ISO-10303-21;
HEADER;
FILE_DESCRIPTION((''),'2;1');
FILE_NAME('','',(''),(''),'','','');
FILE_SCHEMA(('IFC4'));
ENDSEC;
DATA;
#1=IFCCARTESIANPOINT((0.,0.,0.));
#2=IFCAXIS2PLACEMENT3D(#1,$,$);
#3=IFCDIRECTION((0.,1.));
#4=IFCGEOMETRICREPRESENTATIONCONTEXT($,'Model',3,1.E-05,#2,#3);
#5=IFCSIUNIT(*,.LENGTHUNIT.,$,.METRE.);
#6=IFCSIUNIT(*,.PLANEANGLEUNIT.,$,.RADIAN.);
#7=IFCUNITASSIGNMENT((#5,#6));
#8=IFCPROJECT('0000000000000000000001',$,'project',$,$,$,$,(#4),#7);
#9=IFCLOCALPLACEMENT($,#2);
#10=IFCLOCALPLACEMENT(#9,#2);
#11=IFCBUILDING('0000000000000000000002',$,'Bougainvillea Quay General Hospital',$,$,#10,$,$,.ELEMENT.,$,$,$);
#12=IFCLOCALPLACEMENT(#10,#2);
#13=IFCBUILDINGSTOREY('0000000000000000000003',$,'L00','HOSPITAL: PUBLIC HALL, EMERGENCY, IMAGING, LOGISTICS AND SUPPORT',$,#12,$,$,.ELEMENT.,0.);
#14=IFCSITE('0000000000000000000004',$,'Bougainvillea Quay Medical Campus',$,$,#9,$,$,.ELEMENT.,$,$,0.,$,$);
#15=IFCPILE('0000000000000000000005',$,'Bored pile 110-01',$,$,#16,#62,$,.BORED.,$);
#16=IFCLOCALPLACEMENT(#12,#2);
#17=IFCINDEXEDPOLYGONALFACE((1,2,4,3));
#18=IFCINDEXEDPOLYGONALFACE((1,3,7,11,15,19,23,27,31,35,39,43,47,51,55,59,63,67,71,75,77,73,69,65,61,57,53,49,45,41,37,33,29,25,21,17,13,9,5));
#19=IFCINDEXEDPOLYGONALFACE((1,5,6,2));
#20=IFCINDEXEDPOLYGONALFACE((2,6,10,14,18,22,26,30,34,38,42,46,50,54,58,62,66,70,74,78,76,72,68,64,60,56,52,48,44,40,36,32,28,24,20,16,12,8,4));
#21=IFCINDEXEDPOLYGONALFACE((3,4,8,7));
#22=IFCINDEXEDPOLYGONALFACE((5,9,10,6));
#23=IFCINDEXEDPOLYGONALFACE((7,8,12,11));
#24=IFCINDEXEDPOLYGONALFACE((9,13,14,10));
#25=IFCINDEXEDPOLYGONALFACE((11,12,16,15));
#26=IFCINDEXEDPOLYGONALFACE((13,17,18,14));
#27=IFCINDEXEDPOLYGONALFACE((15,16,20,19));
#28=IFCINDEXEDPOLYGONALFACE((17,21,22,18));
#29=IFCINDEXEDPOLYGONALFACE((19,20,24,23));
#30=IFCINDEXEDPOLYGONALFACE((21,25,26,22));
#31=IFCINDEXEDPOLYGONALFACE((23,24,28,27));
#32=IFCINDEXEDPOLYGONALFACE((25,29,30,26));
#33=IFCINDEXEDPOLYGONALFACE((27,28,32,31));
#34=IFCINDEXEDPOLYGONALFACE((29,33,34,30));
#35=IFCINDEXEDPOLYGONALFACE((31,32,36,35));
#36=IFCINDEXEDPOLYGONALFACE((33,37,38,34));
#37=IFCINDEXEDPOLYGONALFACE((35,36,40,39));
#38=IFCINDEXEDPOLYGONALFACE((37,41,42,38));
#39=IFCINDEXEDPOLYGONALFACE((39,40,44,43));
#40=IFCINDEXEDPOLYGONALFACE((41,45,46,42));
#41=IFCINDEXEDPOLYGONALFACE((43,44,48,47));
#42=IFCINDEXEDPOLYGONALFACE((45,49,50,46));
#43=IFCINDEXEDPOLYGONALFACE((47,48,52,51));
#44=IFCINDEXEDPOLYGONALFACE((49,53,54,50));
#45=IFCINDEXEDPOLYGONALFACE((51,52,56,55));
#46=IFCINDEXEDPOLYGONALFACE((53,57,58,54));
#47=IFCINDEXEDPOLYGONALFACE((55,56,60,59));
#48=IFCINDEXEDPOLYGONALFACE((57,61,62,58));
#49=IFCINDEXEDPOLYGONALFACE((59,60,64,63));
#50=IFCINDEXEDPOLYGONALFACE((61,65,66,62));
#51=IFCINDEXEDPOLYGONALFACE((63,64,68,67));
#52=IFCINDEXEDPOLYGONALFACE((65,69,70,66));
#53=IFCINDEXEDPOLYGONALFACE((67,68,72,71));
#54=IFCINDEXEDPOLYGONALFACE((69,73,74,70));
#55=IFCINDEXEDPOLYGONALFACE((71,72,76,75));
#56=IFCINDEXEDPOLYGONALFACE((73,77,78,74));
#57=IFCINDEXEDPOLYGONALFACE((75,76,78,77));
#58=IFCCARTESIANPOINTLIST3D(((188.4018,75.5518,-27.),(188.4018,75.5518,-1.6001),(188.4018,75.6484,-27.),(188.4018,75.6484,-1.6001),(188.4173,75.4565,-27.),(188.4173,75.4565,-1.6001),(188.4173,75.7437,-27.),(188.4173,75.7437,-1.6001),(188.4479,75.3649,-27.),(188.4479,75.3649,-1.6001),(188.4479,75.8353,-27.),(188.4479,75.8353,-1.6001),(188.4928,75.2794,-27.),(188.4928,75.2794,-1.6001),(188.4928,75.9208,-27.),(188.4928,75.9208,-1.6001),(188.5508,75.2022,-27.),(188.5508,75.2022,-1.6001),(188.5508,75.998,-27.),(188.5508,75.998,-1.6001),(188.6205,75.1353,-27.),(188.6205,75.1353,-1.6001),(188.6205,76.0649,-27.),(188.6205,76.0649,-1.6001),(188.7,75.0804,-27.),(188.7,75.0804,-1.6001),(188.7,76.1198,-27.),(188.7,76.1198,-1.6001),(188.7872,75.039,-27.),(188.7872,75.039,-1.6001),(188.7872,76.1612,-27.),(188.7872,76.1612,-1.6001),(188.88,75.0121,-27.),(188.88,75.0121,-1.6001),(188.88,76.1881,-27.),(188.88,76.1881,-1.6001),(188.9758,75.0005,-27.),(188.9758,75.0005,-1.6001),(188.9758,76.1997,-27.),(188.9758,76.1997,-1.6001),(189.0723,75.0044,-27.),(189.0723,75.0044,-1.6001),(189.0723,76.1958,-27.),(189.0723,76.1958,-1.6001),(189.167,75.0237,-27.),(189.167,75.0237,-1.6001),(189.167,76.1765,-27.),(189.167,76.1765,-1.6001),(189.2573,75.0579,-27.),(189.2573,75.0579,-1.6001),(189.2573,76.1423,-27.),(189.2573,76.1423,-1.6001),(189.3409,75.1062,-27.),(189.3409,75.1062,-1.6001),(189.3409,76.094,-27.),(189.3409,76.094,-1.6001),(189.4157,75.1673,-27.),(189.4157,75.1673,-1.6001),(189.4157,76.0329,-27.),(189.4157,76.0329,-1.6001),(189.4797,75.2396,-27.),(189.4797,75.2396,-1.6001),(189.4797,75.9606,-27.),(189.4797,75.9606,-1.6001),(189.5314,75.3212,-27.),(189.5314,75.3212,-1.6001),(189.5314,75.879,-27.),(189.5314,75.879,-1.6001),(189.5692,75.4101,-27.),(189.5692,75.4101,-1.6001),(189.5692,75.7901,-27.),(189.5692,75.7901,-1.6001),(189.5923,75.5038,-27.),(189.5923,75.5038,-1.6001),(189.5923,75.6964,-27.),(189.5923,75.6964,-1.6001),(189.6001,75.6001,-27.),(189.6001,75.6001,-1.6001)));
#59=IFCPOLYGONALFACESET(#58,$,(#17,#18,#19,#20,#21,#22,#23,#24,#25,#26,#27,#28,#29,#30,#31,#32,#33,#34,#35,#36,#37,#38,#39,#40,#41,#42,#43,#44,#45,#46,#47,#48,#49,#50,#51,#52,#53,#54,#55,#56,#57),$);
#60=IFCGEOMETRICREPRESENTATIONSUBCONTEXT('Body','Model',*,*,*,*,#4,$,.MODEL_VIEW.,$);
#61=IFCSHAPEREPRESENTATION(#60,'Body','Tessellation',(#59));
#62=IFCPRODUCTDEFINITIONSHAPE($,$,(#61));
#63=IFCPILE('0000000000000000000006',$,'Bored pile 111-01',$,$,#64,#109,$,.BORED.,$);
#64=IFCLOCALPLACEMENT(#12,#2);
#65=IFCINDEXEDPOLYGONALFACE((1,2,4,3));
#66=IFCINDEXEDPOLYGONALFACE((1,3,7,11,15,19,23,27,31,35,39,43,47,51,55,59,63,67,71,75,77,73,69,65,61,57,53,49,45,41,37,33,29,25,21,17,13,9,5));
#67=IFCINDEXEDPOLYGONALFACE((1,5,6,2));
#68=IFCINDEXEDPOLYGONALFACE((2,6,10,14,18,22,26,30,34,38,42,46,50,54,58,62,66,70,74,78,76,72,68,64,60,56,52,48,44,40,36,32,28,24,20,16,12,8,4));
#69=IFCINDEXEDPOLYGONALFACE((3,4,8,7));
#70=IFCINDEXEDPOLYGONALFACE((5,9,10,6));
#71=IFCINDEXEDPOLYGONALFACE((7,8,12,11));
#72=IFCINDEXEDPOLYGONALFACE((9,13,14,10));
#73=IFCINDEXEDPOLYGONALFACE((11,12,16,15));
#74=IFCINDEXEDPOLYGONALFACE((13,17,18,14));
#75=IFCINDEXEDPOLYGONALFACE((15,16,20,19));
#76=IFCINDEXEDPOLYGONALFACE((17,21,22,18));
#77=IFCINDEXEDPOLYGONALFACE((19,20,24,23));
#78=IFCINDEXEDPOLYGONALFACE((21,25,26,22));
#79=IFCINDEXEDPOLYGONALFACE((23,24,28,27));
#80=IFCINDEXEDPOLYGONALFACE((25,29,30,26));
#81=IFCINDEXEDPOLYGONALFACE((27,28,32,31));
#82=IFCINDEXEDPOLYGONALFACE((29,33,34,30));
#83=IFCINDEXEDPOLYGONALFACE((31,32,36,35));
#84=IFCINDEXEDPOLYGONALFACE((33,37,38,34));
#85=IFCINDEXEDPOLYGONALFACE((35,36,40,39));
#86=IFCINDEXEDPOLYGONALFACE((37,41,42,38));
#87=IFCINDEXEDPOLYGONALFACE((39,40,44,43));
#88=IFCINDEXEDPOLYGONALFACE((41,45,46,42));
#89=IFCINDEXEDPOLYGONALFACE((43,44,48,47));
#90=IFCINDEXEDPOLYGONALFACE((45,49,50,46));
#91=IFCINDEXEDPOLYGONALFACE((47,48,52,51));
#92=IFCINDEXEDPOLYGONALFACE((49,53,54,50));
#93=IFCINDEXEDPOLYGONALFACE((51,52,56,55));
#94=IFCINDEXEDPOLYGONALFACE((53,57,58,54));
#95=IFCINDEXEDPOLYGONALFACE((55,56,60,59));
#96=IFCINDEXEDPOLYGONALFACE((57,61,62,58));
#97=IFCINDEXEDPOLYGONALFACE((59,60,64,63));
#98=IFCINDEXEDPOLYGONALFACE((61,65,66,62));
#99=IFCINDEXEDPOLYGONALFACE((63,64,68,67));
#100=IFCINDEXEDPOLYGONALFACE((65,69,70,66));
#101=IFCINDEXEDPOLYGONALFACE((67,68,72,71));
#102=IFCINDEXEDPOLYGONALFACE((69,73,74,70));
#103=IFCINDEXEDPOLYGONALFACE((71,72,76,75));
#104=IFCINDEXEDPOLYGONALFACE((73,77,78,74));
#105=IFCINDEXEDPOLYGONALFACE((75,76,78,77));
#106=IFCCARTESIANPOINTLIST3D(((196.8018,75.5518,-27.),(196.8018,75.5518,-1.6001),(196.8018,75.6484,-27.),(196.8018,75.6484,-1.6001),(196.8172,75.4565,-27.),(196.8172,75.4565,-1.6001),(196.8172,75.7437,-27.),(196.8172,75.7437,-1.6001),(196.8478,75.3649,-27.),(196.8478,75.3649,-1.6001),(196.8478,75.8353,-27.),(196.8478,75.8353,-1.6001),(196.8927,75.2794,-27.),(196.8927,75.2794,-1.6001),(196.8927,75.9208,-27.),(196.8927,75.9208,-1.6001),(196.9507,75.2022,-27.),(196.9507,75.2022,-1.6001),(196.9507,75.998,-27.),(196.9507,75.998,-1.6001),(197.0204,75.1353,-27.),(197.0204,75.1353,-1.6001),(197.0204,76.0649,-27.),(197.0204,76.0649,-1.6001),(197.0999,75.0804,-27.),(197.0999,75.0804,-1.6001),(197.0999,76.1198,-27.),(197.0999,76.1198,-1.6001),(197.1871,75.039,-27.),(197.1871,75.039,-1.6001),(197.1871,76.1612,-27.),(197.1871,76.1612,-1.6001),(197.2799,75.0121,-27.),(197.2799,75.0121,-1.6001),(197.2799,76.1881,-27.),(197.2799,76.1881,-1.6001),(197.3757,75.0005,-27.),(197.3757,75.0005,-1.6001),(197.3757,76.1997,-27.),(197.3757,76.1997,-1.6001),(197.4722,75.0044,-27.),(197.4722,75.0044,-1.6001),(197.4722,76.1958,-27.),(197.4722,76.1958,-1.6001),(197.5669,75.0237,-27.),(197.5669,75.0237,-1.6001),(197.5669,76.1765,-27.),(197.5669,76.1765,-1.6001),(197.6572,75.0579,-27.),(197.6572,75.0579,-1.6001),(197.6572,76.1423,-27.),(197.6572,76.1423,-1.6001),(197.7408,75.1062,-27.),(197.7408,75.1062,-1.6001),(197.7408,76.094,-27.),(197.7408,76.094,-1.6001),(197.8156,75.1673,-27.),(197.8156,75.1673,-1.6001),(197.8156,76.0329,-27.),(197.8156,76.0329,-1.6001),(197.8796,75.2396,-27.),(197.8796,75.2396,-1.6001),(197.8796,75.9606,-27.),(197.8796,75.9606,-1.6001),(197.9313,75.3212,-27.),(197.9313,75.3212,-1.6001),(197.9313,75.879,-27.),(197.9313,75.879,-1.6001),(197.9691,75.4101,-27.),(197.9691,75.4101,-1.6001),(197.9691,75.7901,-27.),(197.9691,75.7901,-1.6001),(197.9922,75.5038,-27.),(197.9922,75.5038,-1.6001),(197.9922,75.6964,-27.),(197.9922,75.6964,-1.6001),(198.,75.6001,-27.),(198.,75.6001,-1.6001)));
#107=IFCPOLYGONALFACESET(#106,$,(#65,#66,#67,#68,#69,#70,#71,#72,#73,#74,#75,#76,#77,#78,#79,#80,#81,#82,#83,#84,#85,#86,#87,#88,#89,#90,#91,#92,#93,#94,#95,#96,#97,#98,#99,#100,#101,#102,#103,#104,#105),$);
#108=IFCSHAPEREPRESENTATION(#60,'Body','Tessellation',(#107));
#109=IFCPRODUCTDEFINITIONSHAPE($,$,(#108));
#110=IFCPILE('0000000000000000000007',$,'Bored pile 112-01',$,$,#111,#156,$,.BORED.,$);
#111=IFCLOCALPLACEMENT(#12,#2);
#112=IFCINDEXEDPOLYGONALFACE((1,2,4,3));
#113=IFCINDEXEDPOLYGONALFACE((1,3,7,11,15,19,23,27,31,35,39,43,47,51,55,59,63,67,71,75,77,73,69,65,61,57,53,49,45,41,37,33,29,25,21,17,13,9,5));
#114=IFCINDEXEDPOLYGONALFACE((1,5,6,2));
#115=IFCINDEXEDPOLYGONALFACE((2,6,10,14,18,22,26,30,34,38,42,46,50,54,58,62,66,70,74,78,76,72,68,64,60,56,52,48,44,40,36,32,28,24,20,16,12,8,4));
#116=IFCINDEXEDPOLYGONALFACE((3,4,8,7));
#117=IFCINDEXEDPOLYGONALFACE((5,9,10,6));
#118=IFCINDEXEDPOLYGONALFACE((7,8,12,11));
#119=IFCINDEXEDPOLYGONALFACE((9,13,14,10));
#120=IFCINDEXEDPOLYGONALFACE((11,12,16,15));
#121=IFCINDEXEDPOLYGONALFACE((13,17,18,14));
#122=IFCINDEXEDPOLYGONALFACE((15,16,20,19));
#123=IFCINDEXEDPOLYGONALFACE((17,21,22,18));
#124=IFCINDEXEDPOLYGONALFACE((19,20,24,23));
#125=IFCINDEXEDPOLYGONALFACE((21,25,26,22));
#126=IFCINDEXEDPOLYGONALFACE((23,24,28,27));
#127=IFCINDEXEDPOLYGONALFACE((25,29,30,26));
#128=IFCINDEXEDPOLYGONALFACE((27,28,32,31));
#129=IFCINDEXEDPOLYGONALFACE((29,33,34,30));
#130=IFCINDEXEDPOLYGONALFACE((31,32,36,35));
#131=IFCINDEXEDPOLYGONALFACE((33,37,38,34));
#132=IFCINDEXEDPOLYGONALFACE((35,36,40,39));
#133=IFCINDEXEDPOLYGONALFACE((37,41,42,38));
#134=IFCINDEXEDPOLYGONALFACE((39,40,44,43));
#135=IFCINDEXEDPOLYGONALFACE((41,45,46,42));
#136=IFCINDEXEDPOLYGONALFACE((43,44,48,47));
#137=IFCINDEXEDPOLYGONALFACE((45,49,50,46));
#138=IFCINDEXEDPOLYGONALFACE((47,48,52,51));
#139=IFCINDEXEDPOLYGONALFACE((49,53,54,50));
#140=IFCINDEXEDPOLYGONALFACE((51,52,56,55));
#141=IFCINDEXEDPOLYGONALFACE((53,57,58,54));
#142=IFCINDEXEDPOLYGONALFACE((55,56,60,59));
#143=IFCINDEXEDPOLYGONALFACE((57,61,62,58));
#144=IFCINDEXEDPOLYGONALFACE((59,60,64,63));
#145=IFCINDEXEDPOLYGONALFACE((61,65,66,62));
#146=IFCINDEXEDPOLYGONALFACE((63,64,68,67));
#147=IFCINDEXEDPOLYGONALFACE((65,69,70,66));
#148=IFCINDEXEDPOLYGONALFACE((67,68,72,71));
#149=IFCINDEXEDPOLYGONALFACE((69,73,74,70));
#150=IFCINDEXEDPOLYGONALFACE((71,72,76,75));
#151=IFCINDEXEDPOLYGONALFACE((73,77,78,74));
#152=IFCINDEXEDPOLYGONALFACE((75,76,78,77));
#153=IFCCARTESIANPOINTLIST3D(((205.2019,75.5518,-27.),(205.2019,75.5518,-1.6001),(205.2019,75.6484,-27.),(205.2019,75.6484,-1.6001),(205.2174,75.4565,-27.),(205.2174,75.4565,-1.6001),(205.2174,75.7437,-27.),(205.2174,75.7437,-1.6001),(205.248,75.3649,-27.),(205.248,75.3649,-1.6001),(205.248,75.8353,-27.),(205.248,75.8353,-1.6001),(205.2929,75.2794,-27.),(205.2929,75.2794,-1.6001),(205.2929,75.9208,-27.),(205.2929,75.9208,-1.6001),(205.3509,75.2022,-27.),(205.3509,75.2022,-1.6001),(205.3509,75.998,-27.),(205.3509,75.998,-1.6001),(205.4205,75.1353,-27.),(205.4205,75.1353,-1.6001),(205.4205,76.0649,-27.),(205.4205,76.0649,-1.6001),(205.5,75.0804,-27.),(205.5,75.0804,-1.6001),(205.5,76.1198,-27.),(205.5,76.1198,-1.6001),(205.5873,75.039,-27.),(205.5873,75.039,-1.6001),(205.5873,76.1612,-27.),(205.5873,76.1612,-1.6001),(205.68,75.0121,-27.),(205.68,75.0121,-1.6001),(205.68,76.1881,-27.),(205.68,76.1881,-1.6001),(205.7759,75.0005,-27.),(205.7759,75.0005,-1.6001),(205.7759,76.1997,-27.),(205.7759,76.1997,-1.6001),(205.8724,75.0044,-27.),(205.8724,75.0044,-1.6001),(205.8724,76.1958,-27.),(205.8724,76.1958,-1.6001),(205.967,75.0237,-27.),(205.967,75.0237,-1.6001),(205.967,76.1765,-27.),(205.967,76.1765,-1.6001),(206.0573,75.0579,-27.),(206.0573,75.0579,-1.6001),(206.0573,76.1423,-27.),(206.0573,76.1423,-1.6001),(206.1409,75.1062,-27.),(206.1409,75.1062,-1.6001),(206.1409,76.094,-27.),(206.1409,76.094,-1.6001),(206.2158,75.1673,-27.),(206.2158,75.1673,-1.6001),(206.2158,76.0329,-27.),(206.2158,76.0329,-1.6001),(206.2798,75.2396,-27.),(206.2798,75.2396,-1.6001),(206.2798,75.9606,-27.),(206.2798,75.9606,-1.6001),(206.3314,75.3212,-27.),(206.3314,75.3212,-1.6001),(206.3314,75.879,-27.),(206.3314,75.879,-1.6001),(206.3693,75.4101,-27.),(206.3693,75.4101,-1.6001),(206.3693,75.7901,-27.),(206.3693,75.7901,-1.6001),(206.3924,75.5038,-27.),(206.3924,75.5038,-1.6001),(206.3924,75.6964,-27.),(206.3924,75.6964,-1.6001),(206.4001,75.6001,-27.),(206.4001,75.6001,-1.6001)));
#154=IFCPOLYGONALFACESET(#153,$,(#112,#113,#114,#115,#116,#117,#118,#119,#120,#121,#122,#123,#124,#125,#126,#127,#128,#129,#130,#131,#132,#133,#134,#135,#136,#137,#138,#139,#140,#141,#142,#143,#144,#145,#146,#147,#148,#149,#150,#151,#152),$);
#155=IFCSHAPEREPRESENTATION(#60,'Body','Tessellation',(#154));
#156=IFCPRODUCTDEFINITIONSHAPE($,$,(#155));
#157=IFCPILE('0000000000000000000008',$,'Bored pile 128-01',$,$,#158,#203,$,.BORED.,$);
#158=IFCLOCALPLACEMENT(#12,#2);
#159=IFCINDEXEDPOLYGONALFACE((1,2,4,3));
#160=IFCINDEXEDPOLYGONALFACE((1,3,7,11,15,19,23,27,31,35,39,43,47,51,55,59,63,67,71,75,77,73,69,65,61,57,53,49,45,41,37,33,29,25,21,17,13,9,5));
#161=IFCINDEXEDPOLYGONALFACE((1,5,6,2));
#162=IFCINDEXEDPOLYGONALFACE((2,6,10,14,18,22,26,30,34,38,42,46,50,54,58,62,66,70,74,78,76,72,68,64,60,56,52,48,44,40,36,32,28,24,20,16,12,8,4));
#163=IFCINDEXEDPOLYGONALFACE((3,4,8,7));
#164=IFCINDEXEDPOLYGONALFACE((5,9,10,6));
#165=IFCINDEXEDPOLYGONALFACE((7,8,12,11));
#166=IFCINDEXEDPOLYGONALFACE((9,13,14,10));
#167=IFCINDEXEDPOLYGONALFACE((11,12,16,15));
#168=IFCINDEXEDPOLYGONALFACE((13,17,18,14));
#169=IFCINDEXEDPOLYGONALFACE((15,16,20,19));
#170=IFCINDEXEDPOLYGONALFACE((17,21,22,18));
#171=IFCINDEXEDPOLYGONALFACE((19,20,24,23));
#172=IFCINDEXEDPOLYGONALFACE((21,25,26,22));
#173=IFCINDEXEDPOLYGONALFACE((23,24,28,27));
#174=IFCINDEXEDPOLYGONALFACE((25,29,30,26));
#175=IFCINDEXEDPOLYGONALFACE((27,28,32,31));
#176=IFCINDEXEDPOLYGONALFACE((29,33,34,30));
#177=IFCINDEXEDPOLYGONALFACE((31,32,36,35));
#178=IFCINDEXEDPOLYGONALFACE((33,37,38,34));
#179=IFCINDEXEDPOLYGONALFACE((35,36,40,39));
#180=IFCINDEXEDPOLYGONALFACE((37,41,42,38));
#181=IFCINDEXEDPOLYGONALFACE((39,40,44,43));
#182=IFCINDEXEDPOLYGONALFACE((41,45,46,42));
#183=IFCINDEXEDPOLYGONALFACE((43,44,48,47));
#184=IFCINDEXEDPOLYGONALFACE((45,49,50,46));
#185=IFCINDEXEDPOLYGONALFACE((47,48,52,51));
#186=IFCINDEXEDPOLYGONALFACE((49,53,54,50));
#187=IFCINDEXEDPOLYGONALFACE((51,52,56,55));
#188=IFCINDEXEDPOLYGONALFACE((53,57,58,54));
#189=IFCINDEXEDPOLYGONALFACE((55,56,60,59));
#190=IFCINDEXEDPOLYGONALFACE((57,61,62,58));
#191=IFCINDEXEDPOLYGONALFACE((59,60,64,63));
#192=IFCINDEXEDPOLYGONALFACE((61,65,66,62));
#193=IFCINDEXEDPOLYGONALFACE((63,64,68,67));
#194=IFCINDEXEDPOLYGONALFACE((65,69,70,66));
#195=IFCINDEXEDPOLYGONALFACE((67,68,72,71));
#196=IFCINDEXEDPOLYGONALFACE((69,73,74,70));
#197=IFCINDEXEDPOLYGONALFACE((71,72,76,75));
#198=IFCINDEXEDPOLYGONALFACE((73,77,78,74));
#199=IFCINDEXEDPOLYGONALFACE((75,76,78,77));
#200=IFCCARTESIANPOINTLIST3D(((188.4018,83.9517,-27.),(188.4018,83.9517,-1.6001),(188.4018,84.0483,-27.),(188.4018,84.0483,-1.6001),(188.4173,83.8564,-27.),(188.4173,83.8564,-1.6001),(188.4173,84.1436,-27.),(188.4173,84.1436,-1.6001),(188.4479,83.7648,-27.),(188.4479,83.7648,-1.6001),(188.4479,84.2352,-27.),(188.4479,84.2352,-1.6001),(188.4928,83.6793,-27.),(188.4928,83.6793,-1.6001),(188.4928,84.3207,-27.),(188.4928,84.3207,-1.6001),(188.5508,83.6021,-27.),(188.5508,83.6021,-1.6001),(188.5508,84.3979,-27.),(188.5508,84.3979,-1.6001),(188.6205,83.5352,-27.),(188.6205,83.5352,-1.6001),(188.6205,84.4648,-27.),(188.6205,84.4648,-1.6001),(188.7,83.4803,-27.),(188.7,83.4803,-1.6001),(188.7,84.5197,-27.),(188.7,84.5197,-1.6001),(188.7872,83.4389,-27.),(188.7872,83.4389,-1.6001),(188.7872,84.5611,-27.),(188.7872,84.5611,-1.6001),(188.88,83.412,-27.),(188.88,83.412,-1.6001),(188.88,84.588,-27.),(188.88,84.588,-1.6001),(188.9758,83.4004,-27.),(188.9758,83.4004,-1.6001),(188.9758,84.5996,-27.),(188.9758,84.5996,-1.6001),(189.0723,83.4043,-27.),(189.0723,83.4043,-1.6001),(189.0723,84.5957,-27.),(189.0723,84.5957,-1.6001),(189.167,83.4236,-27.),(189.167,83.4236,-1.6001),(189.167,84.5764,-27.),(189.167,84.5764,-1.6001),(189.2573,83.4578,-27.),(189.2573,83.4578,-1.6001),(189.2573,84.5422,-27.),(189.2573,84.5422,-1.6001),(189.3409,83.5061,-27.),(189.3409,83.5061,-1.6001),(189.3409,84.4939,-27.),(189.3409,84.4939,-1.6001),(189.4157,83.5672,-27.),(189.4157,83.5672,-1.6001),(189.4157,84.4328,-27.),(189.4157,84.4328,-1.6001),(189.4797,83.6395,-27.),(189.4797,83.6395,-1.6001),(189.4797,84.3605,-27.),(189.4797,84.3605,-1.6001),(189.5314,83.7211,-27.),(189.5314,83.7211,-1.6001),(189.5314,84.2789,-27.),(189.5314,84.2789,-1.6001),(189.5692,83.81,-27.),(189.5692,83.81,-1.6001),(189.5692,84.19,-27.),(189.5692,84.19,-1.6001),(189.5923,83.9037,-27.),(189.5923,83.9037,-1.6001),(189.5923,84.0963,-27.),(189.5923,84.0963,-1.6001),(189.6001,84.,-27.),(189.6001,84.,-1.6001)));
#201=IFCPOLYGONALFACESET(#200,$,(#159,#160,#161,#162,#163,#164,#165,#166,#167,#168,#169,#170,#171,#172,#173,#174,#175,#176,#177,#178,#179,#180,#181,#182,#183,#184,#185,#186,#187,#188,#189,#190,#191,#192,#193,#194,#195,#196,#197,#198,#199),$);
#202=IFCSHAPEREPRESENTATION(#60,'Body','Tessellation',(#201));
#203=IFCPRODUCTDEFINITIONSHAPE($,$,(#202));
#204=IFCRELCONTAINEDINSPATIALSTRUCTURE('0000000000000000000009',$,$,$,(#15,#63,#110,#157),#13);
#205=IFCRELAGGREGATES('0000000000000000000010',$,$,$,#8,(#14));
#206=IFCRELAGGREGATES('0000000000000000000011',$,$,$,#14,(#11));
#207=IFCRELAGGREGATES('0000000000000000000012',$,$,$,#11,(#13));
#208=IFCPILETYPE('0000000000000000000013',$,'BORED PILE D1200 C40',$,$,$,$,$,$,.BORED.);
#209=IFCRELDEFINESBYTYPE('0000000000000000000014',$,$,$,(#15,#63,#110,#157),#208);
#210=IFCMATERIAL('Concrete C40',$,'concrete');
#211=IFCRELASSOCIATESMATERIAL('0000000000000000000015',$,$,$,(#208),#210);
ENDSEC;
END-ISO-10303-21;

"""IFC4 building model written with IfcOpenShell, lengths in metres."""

from ifc_helpers import new_model, si_unit, direction, frame, origin, origin_2d, place, context, subcontext, project, spatial, circle, extrude, material, material_profile, profile_set, type_object, element, save


model = new_model("IFC4")

# Units and contexts
model_context = context("Model", 3, precision=1e-05, world=origin(), true_north=direction((0.0, 1.0)))
body_context = subcontext(model_context, "Body", "Model", "MODEL_VIEW")
ifc_project = project(units=[si_unit("LENGTHUNIT", "METRE"), si_unit("PLANEANGLEUNIT", "RADIAN")], contexts=[model_context])

# Site, building, storey
site_placement = place(None, origin())
site = spatial("IfcSite", under=ifc_project, at=site_placement, Name="Bougainvillea Quay Medical Campus", CompositionType="ELEMENT", RefElevation=0.0)
building_placement = place(site_placement, origin())
building = spatial("IfcBuilding", under=site, at=building_placement, Name="Bougainvillea Quay General Hospital", CompositionType="ELEMENT")
storey_placement = place(building_placement, origin())
storey = spatial("IfcBuildingStorey", under=building, at=storey_placement, Name="L00", Description="HOSPITAL: PUBLIC HALL, EMERGENCY, IMAGING, LOGISTICS AND SUPPORT", CompositionType="ELEMENT", Elevation=0.0)

# Piles
ifc_material_1 = material(Name="Concrete C40", Category="concrete")
ifc_material_profile_1 = material_profile(ifc_material_1, circle(Radius=0.6001, at=origin_2d()))
ifc_profile_set_1 = profile_set([ifc_material_profile_1], Name="Concrete C40")
pile_type = type_object("IfcPileType", Name="BORED PILE D1200 C40", PredefinedType="BORED", material=ifc_profile_set_1)
for number, where, z_axis, x_axis, name in (
    (1, (189.0, 75.6001, -1.6001), (0.0, 0.0, -1.0), (1.0, 0.0, 0.0), "Bored pile 110-01"),
    (2, (197.3999, 75.6001, -1.6001), (0.0, 0.0, -1.0), (1.0, 0.0, 0.0), "Bored pile 111-01"),
    (3, (205.8, 75.6001, -1.6001), (0.0, 0.0, -1.0), (1.0, 0.0, 0.0), "Bored pile 112-01"),
    (4, (189.0, 84.0, -1.6001), (0.0, 0.0, -1.0), (1.0, 0.0, 0.0), "Bored pile 128-01"),
):
    element("IfcPile", number, at=place(storey_placement, frame(where, z_axis=z_axis, x_axis=x_axis)), inside=storey, type_object=pile_type, Name=name, PredefinedType="BORED", context=body_context, shape_type="SweptSolid", body=[
        extrude(circle(Radius=0.6001, at=origin_2d()), origin(), (0.0, 0.0, 1.0), 25.3999),
    ])

save(model, "model.ifc")
